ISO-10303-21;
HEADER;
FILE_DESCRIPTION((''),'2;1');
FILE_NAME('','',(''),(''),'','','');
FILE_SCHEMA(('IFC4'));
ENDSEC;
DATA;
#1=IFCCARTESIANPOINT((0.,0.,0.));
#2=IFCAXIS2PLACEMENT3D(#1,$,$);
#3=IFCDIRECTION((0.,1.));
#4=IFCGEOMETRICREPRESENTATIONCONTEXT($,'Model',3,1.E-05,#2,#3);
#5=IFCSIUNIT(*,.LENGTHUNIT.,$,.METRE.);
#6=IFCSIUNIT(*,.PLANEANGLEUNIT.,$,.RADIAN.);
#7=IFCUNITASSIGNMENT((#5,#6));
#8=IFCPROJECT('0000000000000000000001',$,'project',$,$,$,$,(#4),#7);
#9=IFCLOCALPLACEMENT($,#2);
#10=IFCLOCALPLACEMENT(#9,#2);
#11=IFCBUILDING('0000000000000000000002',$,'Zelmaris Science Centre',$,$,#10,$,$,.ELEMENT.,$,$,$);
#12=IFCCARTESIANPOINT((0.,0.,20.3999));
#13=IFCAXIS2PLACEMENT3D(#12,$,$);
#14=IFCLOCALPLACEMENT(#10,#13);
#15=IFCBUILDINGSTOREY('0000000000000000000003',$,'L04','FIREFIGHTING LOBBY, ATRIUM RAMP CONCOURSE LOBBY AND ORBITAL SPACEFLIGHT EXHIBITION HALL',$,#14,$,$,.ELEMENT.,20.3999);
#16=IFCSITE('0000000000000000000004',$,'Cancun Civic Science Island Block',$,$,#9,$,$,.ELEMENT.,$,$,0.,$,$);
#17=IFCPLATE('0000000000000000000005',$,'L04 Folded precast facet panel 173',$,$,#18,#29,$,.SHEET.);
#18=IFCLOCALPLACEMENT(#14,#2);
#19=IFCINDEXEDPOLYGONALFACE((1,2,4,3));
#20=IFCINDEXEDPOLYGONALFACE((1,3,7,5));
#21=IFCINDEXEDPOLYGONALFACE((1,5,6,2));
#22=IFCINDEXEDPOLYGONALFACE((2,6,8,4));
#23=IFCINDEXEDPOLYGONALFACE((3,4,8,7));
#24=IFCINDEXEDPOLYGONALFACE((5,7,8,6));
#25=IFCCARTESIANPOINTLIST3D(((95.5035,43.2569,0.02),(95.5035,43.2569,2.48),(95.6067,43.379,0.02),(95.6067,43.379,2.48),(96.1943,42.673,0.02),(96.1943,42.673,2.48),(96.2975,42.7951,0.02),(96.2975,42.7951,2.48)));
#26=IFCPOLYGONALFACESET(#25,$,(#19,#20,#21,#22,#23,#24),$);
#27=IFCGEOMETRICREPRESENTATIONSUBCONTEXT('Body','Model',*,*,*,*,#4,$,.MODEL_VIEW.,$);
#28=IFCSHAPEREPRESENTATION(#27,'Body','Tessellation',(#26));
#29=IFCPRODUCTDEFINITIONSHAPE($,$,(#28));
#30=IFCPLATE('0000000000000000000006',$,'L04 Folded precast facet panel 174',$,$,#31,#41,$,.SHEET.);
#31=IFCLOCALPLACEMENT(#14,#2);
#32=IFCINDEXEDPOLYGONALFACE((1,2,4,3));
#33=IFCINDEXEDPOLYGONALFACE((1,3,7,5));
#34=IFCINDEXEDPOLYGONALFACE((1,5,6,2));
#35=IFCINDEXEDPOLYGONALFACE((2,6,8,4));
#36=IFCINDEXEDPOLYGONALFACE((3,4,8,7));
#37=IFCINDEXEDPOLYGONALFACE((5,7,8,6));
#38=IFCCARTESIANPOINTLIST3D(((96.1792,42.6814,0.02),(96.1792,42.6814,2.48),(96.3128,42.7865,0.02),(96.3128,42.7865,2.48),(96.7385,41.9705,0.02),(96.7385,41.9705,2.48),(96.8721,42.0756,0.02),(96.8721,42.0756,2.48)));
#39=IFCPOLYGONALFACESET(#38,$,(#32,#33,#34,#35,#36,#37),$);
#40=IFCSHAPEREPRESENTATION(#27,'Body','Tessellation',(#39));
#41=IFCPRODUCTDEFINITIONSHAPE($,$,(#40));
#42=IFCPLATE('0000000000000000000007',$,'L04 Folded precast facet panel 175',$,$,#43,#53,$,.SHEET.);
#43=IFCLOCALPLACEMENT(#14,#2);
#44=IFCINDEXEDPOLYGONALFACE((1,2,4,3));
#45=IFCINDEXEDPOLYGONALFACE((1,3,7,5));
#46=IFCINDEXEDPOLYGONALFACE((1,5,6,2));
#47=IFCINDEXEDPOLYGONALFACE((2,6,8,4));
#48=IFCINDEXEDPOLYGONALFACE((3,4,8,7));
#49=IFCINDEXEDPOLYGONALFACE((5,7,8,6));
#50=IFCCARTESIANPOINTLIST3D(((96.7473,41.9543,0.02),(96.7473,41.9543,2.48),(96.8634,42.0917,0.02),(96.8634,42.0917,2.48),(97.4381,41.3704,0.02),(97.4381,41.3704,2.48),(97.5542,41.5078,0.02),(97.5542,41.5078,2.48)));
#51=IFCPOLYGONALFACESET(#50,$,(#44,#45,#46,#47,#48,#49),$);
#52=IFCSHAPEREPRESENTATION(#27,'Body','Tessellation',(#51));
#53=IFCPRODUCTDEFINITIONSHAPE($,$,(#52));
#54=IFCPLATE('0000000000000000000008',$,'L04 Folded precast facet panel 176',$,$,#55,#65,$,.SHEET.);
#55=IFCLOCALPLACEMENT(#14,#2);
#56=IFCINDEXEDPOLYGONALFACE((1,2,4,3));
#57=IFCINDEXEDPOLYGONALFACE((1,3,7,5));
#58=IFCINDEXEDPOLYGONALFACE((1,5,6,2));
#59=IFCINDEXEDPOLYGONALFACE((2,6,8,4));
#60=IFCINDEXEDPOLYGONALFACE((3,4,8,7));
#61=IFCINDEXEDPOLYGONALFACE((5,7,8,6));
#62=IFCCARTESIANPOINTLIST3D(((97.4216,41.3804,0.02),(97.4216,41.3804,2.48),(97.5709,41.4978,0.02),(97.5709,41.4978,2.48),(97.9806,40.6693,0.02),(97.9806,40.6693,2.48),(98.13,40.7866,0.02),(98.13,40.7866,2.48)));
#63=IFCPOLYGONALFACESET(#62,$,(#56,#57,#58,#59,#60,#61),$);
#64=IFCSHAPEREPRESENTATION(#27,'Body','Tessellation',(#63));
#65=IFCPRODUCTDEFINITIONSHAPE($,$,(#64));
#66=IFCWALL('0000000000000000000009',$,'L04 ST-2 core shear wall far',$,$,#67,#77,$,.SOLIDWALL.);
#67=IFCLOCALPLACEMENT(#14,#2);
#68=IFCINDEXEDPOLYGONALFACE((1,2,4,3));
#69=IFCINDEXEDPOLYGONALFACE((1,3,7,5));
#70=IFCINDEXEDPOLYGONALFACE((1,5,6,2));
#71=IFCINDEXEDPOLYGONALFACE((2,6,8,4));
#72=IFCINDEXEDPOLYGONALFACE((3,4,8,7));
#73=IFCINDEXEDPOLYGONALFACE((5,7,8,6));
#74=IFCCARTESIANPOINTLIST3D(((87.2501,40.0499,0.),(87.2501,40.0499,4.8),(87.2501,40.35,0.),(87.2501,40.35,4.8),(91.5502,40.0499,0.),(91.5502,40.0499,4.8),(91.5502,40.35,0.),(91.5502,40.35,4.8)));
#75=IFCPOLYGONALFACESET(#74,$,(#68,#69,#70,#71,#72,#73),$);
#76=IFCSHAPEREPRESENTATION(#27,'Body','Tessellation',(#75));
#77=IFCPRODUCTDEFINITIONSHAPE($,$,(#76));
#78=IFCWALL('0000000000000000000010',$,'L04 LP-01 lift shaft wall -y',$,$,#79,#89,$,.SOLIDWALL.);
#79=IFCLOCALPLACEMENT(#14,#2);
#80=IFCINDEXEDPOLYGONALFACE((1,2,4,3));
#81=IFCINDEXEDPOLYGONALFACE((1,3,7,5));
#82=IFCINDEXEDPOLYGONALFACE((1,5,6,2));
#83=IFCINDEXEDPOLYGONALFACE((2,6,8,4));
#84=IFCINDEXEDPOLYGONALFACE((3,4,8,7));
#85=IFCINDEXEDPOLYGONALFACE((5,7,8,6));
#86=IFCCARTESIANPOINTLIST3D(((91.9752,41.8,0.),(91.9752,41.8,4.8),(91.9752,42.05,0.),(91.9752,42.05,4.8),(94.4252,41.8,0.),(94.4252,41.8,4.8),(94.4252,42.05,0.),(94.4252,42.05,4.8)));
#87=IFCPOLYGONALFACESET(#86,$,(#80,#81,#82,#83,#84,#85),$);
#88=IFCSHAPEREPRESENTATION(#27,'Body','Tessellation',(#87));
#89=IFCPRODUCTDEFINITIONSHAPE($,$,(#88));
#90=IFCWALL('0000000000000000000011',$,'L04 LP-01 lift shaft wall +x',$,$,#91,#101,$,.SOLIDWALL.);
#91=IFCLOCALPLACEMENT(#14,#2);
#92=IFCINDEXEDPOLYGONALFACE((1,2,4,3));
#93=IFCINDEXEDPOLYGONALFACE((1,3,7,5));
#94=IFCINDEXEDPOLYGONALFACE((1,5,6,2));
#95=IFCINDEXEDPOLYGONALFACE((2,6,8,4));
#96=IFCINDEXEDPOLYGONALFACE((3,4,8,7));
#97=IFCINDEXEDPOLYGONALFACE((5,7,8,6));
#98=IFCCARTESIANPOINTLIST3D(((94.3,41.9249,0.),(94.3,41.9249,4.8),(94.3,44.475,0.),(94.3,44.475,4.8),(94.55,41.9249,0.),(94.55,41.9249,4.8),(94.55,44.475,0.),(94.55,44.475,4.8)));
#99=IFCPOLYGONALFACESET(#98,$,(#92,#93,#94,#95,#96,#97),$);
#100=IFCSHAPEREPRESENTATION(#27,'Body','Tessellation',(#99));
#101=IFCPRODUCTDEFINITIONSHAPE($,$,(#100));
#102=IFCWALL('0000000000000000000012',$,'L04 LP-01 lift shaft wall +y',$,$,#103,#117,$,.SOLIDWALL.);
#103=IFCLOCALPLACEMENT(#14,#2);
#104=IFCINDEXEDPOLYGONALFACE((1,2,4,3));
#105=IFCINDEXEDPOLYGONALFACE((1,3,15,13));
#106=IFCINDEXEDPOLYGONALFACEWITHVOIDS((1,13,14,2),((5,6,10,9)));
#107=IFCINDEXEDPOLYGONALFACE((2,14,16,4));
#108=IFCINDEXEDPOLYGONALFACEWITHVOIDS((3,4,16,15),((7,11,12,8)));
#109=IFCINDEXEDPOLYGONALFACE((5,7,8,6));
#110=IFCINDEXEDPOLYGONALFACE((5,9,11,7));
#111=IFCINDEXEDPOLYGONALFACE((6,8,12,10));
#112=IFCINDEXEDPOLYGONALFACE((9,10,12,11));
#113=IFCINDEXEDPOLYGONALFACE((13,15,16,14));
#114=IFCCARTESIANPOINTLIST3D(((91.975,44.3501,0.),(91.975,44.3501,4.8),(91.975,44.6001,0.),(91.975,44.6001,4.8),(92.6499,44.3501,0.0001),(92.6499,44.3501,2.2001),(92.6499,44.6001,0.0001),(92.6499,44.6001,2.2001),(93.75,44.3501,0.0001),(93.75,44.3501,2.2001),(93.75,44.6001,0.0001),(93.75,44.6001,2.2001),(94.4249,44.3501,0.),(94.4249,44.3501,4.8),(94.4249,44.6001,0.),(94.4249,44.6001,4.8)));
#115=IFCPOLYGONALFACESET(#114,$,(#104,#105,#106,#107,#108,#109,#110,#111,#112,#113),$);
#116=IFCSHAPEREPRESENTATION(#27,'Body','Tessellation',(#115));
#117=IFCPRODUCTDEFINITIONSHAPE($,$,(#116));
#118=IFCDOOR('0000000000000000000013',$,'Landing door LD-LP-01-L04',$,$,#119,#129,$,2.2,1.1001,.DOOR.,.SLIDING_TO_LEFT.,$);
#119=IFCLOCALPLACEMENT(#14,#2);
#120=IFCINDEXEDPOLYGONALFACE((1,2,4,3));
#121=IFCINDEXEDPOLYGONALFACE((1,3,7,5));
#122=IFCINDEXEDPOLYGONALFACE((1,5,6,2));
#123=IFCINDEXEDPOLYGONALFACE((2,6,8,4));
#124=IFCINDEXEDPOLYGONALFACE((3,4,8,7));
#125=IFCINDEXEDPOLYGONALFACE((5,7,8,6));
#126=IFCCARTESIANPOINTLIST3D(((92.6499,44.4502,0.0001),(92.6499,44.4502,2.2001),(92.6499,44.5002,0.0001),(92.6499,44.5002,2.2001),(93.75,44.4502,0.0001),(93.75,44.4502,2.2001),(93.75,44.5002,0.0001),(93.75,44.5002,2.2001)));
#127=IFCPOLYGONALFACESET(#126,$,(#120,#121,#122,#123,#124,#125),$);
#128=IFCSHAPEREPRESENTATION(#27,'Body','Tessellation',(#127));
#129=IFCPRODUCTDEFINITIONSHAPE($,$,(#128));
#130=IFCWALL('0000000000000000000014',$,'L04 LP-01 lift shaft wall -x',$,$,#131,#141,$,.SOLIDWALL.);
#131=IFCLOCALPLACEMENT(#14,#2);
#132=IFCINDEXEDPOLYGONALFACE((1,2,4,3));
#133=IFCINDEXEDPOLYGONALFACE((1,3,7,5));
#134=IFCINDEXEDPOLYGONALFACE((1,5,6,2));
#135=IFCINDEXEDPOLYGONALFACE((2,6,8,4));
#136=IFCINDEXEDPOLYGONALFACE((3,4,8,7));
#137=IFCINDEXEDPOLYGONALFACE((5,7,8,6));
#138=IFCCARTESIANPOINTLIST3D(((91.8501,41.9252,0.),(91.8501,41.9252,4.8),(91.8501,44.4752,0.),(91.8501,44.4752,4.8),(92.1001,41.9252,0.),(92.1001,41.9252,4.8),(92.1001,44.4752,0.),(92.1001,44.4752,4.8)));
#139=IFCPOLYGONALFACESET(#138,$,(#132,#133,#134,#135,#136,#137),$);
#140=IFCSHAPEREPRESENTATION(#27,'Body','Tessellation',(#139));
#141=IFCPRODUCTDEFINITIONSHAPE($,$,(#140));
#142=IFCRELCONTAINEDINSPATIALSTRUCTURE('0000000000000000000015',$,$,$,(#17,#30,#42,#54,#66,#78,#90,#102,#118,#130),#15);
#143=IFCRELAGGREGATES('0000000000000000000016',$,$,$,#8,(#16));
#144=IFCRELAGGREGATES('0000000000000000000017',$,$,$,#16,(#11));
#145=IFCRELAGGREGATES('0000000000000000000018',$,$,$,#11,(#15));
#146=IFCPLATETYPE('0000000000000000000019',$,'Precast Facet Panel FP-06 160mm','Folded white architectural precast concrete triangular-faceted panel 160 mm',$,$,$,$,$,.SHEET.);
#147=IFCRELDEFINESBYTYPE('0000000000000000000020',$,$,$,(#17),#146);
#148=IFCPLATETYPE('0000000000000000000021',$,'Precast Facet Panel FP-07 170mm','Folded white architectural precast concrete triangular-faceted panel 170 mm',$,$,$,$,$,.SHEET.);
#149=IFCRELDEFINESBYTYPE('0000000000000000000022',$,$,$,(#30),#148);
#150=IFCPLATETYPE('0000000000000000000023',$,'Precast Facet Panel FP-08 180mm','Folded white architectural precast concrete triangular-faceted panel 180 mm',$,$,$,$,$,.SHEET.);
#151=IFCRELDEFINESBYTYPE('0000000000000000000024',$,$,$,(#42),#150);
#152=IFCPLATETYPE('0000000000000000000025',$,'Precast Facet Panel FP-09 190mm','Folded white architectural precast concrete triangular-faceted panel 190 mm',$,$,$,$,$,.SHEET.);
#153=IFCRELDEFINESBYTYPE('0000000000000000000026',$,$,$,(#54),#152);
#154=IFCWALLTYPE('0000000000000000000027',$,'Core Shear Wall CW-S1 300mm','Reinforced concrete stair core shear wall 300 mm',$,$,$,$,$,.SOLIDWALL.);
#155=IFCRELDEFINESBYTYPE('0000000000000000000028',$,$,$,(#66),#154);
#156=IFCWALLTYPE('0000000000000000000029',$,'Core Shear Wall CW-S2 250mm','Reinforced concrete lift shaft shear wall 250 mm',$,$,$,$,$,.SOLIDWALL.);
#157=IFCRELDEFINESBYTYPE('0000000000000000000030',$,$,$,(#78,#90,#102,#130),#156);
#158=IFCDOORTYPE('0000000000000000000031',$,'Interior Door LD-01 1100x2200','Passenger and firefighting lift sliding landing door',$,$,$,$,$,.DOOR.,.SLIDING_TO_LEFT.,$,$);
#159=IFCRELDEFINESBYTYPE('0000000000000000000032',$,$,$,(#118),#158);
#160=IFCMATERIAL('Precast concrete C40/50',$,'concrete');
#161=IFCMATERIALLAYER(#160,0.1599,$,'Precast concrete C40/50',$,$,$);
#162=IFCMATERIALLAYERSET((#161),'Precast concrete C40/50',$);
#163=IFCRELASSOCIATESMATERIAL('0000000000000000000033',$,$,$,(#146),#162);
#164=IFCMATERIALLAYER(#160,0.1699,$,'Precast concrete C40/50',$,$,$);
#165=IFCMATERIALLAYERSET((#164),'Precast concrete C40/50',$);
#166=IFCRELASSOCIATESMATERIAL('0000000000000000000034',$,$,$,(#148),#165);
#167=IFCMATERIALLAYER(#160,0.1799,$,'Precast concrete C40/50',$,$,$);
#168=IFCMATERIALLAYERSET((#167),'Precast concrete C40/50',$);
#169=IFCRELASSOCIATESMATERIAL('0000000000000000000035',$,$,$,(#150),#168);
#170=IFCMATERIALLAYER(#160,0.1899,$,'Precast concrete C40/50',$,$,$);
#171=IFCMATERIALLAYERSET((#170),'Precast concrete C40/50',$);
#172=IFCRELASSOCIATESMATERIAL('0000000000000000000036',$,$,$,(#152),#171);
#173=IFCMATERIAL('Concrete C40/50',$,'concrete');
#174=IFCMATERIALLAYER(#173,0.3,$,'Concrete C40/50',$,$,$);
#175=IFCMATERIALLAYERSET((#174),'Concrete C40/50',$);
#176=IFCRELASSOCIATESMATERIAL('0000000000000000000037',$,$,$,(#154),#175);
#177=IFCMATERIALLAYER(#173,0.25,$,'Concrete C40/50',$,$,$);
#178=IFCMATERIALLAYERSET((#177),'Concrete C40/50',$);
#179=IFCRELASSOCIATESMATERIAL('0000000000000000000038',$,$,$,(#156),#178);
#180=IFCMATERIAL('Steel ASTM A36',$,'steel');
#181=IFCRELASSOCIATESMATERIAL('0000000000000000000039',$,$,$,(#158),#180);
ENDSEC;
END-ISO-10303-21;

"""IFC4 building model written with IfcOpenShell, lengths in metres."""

from ifc_helpers import new_model, si_unit, direction, frame, frame_2d, origin, place, context, subcontext, project, spatial, rectangle, extrude, material, layer, layer_set, type_object, element, fill, save


model = new_model("IFC4")

# Units and contexts
model_context = context("Model", 3, precision=1e-05, world=origin(), true_north=direction((0.0, 1.0)))
body_context = subcontext(model_context, "Body", "Model", "MODEL_VIEW")
ifc_project = project(units=[si_unit("LENGTHUNIT", "METRE"), si_unit("PLANEANGLEUNIT", "RADIAN")], contexts=[model_context])

# Site, building, storey
site_placement = place(None, origin())
site = spatial("IfcSite", under=ifc_project, at=site_placement, Name="Cancun Civic Science Island Block", CompositionType="ELEMENT", RefElevation=0.0)
building_placement = place(site_placement, origin())
building = spatial("IfcBuilding", under=site, at=building_placement, Name="Zelmaris Science Centre", CompositionType="ELEMENT")
storey_placement = place(building_placement, frame((0.0, 0.0, 20.3999)))
storey = spatial("IfcBuildingStorey", under=building, at=storey_placement, Name="L04", Description="FIREFIGHTING LOBBY, ATRIUM RAMP CONCOURSE LOBBY AND ORBITAL SPACEFLIGHT EXHIBITION HALL", CompositionType="ELEMENT", Elevation=20.3999)

# Plates
ifc_material_1 = material(Name="Precast concrete C40/50", Category="concrete")
ifc_layer_1 = layer(ifc_material_1, 0.1599, Name="Precast concrete C40/50")
ifc_layer_set_1 = layer_set([ifc_layer_1], Name="Precast concrete C40/50")
plate_type_1 = type_object("IfcPlateType", Name="Precast Facet Panel FP-06 160mm", Description="Folded white architectural precast concrete triangular-faceted panel 160 mm", PredefinedType="SHEET", material=ifc_layer_set_1)
plate_1_placement = place(storey_placement, frame((95.5552, 43.3179, 0.02), z_axis=(0.0, 0.0, 1.0), x_axis=(0.763734, -0.645531, 0.0)))
element("IfcPlate", 1, at=plate_1_placement, inside=storey, type_object=plate_type_1, Name="L04 Folded precast facet panel 173", PredefinedType="SHEET", context=body_context, shape_type="SweptSolid", body=[
    extrude(rectangle(XDim=0.9045, YDim=0.1599, at=frame_2d((0.4521, 0.0))), origin(), (0.0, 0.0, 1.0), 2.46),
])
ifc_layer_2 = layer(ifc_material_1, 0.1699, Name="Precast concrete C40/50")
ifc_layer_set_2 = layer_set([ifc_layer_2], Name="Precast concrete C40/50")
plate_type_2 = type_object("IfcPlateType", Name="Precast Facet Panel FP-07 170mm", Description="Folded white architectural precast concrete triangular-faceted panel 170 mm", PredefinedType="SHEET", material=ifc_layer_set_2)
plate_2_placement = place(storey_placement, frame((96.2461, 42.7339, 0.02), z_axis=(0.0, 0.0, 1.0), x_axis=(0.618322, -0.785925, 0.0)))
element("IfcPlate", 2, at=plate_2_placement, inside=storey, type_object=plate_type_2, Name="L04 Folded precast facet panel 174", PredefinedType="SHEET", context=body_context, shape_type="SweptSolid", body=[
    extrude(rectangle(XDim=0.9045, YDim=0.1699, at=frame_2d((0.4521, 0.0))), origin(), (0.0, 0.0, 1.0), 2.46),
])
ifc_layer_3 = layer(ifc_material_1, 0.1799, Name="Precast concrete C40/50")
ifc_layer_set_3 = layer_set([ifc_layer_3], Name="Precast concrete C40/50")
plate_type_3 = type_object("IfcPlateType", Name="Precast Facet Panel FP-08 180mm", Description="Folded white architectural precast concrete triangular-faceted panel 180 mm", PredefinedType="SHEET", material=ifc_layer_set_3)
plate_3_placement = place(storey_placement, frame((96.8054, 42.0229, 0.02), z_axis=(0.0, 0.0, 1.0), x_axis=(0.763734, -0.645531, 0.0)))
element("IfcPlate", 3, at=plate_3_placement, inside=storey, type_object=plate_type_3, Name="L04 Folded precast facet panel 175", PredefinedType="SHEET", context=body_context, shape_type="SweptSolid", body=[
    extrude(rectangle(XDim=0.9045, YDim=0.1799, at=frame_2d((0.4521, 0.0))), origin(), (0.0, 0.0, 1.0), 2.46),
])
ifc_layer_4 = layer(ifc_material_1, 0.1899, Name="Precast concrete C40/50")
ifc_layer_set_4 = layer_set([ifc_layer_4], Name="Precast concrete C40/50")
plate_type_4 = type_object("IfcPlateType", Name="Precast Facet Panel FP-09 190mm", Description="Folded white architectural precast concrete triangular-faceted panel 190 mm", PredefinedType="SHEET", material=ifc_layer_set_4)
plate_4_placement = place(storey_placement, frame((97.4963, 41.439, 0.02), z_axis=(0.0, 0.0, 1.0), x_axis=(0.618024, -0.786159, 0.0)))
element("IfcPlate", 4, at=plate_4_placement, inside=storey, type_object=plate_type_4, Name="L04 Folded precast facet panel 176", PredefinedType="SHEET", context=body_context, shape_type="SweptSolid", body=[
    extrude(rectangle(XDim=0.9045, YDim=0.1899, at=frame_2d((0.4521, 0.0))), origin(), (0.0, 0.0, 1.0), 2.46),
])

# Walls
ifc_material_2 = material(Name="Concrete C40/50", Category="concrete")
ifc_layer_5 = layer(ifc_material_2, 0.3, Name="Concrete C40/50")
ifc_layer_set_5 = layer_set([ifc_layer_5], Name="Concrete C40/50")
wall_type_1 = type_object("IfcWallType", Name="Core Shear Wall CW-S1 300mm", Description="Reinforced concrete stair core shear wall 300 mm", PredefinedType="SOLIDWALL", material=ifc_layer_set_5)
wall_1_placement = place(storey_placement, frame((91.55, 40.2, 0.0), z_axis=(0.0, 0.0, 1.0), x_axis=(-1.0, 0.0, 0.0)))
element("IfcWall", 5, at=wall_1_placement, inside=storey, type_object=wall_type_1, Name="L04 ST-2 core shear wall far", PredefinedType="SOLIDWALL", context=body_context, shape_type="SweptSolid", body=[
    extrude(rectangle(XDim=4.3, YDim=0.3, at=frame_2d((2.1499, 0.0))), origin(), (0.0, 0.0, 1.0), 4.8),
])
ifc_layer_6 = layer(ifc_material_2, 0.25, Name="Concrete C40/50")
ifc_layer_set_6 = layer_set([ifc_layer_6], Name="Concrete C40/50")
wall_type_2 = type_object("IfcWallType", Name="Core Shear Wall CW-S2 250mm", Description="Reinforced concrete lift shaft shear wall 250 mm", PredefinedType="SOLIDWALL", material=ifc_layer_set_6)
wall_2_placement = place(storey_placement, frame((91.9751, 41.925, 0.0), z_axis=(0.0, 0.0, 1.0), x_axis=(1.0, 0.0, 0.0)))
element("IfcWall", 6, at=wall_2_placement, inside=storey, type_object=wall_type_2, Name="L04 LP-01 lift shaft wall -y", PredefinedType="SOLIDWALL", context=body_context, shape_type="SweptSolid", body=[
    extrude(rectangle(XDim=2.45, YDim=0.25, at=frame_2d((1.2251, 0.0))), origin(), (0.0, 0.0, 1.0), 4.8),
])
wall_3_placement = place(storey_placement, frame((94.425, 41.925, 0.0), z_axis=(0.0, 0.0, 1.0), x_axis=(0.0, 1.0, 0.0)))
element("IfcWall", 7, at=wall_3_placement, inside=storey, type_object=wall_type_2, Name="L04 LP-01 lift shaft wall +x", PredefinedType="SOLIDWALL", context=body_context, shape_type="SweptSolid", body=[
    extrude(rectangle(XDim=2.55, YDim=0.25, at=frame_2d((1.2749, 0.0))), origin(), (0.0, 0.0, 1.0), 4.8),
])

# Wall, opening, door
wall_4_placement = place(storey_placement, frame((94.425, 44.4751, 0.0), z_axis=(0.0, 0.0, 1.0), x_axis=(-1.0, 0.0, 0.0)))
wall_4 = element("IfcWall", 8, at=wall_4_placement, inside=storey, type_object=wall_type_2, Name="L04 LP-01 lift shaft wall +y", PredefinedType="SOLIDWALL", context=body_context, shape_type="SweptSolid", body=[
    extrude(rectangle(XDim=2.45, YDim=0.25, at=frame_2d((1.2251, 0.0))), origin(), (0.0, 0.0, 1.0), 4.8),
])
opening_1_placement = place(wall_4_placement, frame((0.675, 0.0, 0.0)))
opening_1 = element("IfcOpeningElement", 9, at=opening_1_placement, cuts=wall_4, PredefinedType="OPENING", context=body_context, shape_type="SweptSolid", body=[
    extrude(rectangle(XDim=1.1001, YDim=2.2, at=frame_2d((0.55, 1.1001))), frame((0.0, 0.135, 0.0), z_axis=(0.0, -1.0, 0.0), x_axis=(1.0, 0.0, 0.0)), (0.0, 0.0, 1.0), 0.27),
])
ifc_material_3 = material(Name="Steel ASTM A36", Category="steel")
door_type_1 = type_object("IfcDoorType", Name="Interior Door LD-01 1100x2200", Description="Passenger and firefighting lift sliding landing door", OperationType="SLIDING_TO_LEFT", PredefinedType="DOOR", material=ifc_material_3)
door_1_placement = place(opening_1_placement, origin())
door_1 = element("IfcDoor", 10, at=door_1_placement, inside=storey, type_object=door_type_1, Name="Landing door LD-LP-01-L04", OperationType="SLIDING_TO_LEFT", OverallHeight=2.2, OverallWidth=1.1001, PredefinedType="DOOR", context=body_context, shape_type="SweptSolid", body=[
    extrude(rectangle(XDim=1.1001, YDim=2.2, at=frame_2d((0.55, 1.1001))), frame((0.0, 0.0249, 0.0), z_axis=(0.0, -1.0, 0.0), x_axis=(1.0, 0.0, 0.0)), (0.0, 0.0, 1.0), 0.05),
])
fill(opening_1, door_1)

# Wall
wall_5_placement = place(storey_placement, frame((91.9751, 44.4751, 0.0), z_axis=(0.0, 0.0, 1.0), x_axis=(0.0, -1.0, 0.0)))
element("IfcWall", 11, at=wall_5_placement, inside=storey, type_object=wall_type_2, Name="L04 LP-01 lift shaft wall -x", PredefinedType="SOLIDWALL", context=body_context, shape_type="SweptSolid", body=[
    extrude(rectangle(XDim=2.55, YDim=0.25, at=frame_2d((1.2749, 0.0))), origin(), (0.0, 0.0, 1.0), 4.8),
])

save(model, "model.ifc")
